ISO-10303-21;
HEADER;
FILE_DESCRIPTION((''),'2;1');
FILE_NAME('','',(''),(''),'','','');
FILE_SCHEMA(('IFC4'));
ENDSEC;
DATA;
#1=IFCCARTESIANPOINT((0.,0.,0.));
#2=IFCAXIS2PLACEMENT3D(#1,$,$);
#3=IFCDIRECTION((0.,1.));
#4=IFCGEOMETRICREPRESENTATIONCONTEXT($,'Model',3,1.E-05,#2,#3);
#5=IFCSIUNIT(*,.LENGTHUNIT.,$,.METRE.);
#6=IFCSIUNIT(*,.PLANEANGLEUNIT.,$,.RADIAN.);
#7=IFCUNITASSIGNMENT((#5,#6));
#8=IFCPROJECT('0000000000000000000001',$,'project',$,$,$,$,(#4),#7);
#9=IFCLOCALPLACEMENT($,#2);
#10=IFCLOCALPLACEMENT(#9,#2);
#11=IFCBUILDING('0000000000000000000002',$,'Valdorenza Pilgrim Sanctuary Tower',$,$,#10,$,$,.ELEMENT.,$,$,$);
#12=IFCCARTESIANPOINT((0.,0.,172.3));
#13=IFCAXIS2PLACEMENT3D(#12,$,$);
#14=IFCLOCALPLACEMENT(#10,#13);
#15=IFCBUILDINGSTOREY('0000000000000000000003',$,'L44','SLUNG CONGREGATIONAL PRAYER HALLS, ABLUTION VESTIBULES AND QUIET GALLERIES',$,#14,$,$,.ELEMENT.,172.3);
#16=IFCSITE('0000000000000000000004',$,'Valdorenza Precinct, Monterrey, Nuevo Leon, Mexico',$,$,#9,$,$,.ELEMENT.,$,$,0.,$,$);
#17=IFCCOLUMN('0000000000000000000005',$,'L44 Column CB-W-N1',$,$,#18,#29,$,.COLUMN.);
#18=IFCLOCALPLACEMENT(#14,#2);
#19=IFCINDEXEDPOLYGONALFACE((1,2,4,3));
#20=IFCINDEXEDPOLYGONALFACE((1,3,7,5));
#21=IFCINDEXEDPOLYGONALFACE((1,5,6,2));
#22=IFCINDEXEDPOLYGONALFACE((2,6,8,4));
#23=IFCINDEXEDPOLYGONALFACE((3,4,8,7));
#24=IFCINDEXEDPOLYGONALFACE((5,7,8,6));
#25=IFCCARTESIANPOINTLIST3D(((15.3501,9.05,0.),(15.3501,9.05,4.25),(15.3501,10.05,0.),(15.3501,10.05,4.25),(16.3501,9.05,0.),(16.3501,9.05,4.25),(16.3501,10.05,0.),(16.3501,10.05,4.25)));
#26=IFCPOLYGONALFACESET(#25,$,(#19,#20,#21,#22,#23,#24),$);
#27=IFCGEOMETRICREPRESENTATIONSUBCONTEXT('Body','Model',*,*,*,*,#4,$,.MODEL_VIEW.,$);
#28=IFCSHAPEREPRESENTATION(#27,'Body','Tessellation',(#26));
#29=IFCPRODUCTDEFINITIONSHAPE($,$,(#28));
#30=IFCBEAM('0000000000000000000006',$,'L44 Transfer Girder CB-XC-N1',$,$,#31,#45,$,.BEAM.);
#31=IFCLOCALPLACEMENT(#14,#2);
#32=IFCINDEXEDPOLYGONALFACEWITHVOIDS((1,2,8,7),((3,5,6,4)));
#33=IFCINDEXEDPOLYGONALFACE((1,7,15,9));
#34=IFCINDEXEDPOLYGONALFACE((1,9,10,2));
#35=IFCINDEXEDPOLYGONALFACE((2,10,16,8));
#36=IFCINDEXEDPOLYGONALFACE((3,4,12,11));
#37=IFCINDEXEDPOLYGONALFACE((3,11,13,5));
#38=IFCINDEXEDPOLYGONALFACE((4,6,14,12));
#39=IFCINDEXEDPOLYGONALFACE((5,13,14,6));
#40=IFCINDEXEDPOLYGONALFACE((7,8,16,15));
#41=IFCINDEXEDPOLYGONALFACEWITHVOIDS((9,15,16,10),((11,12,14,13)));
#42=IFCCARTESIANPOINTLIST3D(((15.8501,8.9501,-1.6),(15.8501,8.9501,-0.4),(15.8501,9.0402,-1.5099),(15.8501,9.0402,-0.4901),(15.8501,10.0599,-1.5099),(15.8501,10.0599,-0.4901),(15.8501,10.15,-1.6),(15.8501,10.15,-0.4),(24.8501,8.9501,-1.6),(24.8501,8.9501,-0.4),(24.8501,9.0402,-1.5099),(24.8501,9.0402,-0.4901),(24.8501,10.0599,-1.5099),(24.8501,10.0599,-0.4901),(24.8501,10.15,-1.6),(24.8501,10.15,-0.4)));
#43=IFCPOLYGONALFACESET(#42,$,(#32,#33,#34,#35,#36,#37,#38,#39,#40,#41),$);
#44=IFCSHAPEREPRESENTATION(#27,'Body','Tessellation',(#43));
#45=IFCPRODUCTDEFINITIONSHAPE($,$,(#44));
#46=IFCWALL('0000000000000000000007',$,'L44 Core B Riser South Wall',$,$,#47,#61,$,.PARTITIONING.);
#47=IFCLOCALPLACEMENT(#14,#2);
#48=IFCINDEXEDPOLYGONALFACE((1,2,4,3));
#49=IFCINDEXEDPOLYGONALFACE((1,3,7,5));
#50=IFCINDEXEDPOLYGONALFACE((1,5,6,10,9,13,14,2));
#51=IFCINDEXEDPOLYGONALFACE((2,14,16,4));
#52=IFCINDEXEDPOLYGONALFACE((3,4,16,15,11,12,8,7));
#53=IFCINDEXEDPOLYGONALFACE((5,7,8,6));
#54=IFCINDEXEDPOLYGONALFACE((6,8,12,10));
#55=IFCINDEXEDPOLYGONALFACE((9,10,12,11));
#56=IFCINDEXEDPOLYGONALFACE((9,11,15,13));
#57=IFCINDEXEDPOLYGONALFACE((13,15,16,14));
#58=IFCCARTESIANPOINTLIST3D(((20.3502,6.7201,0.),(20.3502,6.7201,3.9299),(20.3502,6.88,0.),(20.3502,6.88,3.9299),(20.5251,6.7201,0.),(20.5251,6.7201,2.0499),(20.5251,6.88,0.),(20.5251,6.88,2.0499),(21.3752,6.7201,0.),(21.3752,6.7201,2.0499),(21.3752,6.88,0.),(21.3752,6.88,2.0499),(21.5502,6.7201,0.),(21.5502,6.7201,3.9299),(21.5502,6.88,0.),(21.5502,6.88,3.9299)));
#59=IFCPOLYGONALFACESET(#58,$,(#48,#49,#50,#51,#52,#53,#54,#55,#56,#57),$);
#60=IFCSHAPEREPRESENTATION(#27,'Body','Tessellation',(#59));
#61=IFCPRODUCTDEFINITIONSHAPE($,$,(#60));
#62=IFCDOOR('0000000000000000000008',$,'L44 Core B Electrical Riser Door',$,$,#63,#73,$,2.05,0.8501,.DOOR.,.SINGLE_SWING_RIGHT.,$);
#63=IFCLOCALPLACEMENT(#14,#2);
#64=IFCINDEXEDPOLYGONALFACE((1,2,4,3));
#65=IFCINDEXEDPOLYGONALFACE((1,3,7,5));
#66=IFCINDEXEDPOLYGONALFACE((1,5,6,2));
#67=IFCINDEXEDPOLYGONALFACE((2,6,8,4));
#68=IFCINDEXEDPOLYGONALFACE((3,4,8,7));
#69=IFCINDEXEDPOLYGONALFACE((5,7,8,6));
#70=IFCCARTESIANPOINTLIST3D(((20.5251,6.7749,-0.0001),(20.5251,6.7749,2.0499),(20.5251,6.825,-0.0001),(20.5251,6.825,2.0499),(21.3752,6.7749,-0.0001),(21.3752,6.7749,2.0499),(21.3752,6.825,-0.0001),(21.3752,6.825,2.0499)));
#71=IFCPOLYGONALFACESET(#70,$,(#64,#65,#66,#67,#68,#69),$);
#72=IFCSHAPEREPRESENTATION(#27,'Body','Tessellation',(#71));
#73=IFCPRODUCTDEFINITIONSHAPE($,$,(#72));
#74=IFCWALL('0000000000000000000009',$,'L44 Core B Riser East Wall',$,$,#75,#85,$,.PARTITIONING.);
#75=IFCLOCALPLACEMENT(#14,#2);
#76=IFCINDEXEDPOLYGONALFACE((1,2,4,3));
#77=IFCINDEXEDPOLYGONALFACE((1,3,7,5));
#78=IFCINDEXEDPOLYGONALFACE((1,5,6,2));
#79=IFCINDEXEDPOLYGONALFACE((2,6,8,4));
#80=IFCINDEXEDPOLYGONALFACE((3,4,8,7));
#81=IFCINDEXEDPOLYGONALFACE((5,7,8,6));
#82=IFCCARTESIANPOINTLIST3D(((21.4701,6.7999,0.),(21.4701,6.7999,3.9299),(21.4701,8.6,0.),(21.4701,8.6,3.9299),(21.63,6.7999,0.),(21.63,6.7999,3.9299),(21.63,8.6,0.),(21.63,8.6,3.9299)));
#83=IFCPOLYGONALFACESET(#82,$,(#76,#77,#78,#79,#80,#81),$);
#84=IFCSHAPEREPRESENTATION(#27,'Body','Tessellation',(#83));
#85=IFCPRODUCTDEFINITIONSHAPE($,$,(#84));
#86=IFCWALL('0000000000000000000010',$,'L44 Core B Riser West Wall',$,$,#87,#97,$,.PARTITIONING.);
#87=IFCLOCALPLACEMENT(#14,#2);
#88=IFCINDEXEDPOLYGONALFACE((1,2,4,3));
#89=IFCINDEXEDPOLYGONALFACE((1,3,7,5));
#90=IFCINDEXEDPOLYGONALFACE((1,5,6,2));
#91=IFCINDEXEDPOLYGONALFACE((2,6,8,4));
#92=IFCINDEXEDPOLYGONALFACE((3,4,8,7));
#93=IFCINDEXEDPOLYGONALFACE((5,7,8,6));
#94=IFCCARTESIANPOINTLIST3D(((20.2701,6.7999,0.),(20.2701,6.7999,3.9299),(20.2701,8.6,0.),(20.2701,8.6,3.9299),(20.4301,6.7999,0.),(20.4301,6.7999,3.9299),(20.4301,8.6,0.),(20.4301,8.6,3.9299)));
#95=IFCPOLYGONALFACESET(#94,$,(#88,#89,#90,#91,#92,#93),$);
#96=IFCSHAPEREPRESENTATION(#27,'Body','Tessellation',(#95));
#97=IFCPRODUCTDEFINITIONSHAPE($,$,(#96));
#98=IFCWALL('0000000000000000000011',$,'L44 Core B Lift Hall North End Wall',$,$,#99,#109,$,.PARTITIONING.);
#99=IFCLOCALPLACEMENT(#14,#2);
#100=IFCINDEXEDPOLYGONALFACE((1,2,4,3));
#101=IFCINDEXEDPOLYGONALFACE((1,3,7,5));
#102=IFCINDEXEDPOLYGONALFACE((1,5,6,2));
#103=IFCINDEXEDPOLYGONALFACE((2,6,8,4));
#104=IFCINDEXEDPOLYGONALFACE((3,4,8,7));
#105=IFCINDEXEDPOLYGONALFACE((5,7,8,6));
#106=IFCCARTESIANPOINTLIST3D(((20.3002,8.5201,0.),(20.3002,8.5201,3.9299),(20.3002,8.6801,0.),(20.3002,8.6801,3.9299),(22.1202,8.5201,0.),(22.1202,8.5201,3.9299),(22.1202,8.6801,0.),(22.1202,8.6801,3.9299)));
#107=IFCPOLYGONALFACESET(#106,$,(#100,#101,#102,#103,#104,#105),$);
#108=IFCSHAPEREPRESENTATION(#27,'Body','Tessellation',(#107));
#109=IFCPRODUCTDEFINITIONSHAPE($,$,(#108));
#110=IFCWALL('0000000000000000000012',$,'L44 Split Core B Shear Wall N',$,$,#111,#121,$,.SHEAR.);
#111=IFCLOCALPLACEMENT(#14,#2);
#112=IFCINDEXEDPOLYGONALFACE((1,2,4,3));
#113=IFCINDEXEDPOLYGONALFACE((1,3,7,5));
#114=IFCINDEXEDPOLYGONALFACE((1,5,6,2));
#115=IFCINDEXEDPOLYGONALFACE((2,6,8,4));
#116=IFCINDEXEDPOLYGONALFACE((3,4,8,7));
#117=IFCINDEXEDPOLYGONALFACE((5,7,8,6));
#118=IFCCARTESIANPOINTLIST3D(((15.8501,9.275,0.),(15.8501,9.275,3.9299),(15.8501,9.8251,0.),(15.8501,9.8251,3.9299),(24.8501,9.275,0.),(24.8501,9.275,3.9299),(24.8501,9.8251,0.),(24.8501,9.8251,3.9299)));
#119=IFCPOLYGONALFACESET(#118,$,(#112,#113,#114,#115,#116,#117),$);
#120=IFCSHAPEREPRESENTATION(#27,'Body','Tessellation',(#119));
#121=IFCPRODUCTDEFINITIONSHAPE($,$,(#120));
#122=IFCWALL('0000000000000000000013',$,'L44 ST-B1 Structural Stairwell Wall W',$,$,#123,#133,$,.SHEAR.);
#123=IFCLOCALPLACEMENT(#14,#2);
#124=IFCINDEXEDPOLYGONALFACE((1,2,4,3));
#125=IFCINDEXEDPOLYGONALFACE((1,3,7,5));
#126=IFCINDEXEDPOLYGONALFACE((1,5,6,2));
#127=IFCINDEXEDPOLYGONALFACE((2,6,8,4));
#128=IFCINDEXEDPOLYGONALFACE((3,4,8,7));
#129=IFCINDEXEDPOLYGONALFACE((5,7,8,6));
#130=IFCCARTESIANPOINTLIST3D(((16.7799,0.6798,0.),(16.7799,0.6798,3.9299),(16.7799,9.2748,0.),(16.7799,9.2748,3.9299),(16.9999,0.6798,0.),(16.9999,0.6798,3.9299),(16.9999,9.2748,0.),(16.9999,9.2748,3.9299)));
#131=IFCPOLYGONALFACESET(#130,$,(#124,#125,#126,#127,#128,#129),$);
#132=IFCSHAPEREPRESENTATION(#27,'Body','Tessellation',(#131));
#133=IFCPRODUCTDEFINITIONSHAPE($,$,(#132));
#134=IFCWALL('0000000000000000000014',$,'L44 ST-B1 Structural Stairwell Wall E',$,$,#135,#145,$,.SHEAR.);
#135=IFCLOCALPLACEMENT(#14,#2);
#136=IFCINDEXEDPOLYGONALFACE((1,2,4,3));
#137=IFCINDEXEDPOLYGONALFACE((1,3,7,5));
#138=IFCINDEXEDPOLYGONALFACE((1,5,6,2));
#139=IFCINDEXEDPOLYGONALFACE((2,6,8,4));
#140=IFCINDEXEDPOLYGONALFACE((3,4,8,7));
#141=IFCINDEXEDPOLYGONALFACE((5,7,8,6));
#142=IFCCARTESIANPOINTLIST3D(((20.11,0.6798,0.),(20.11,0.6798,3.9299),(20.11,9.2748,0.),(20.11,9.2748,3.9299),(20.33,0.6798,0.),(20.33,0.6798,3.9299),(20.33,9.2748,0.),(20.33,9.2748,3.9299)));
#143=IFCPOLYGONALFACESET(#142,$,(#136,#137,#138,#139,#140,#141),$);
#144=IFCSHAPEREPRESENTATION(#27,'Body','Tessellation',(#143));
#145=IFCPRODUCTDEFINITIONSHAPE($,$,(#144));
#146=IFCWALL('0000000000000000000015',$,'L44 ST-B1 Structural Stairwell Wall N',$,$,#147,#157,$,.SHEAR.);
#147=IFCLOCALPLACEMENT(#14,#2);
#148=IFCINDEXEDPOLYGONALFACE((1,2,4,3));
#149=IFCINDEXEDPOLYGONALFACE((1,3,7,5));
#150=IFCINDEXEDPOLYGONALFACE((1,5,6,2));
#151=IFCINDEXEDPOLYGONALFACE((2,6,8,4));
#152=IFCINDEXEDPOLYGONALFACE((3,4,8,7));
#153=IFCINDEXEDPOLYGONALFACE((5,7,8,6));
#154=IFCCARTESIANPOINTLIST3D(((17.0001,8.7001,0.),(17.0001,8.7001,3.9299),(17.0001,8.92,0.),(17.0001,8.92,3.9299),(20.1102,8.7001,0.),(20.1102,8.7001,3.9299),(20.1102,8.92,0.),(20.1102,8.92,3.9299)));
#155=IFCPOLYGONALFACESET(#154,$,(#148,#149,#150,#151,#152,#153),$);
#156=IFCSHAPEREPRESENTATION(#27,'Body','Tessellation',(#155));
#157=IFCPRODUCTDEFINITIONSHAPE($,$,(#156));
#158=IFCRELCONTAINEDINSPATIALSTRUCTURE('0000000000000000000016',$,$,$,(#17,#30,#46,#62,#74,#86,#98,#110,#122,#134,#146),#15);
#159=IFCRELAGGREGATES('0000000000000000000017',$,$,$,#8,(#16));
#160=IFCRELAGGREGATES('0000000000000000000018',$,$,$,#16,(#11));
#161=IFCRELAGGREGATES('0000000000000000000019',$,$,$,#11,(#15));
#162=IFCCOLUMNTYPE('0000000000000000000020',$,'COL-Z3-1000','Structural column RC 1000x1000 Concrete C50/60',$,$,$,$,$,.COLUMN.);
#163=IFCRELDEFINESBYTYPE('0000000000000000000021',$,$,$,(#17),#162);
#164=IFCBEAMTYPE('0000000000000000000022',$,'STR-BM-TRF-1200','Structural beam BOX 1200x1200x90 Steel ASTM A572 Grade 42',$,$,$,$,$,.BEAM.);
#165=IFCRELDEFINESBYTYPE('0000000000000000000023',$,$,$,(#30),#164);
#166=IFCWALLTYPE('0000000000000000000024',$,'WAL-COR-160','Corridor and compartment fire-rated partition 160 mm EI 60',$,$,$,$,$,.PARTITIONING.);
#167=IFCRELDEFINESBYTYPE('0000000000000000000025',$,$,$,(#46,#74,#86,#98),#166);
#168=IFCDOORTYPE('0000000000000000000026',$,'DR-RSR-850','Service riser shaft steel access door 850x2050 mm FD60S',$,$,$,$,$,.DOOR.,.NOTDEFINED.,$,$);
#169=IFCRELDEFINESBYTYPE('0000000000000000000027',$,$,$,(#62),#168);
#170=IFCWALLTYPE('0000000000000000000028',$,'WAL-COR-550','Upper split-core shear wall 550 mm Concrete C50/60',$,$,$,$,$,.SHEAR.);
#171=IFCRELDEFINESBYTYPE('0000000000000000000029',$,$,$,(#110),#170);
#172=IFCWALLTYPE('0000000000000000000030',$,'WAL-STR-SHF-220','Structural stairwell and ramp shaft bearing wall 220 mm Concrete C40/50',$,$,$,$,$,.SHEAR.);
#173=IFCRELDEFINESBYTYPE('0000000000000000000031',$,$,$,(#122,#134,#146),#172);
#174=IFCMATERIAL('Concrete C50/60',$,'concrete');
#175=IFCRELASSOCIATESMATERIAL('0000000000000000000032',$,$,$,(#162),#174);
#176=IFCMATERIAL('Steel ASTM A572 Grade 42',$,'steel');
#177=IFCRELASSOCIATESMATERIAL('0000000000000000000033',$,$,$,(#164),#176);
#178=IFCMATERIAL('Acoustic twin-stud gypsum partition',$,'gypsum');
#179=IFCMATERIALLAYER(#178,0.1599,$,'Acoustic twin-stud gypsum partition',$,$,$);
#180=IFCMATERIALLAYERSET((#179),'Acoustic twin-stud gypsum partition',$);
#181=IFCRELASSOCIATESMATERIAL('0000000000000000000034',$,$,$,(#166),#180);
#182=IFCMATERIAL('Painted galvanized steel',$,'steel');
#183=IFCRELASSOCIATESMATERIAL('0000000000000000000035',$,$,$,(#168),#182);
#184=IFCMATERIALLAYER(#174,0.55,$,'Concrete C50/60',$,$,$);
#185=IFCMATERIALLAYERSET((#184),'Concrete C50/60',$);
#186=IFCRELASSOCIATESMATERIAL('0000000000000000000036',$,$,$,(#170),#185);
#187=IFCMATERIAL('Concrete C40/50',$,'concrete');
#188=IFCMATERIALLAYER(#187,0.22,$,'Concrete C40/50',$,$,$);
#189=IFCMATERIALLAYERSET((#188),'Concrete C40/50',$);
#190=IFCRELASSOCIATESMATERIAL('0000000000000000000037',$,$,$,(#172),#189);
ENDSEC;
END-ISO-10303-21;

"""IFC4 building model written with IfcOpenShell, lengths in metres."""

from ifc_helpers import new_model, si_unit, direction, frame, frame_2d, origin, origin_2d, place, context, subcontext, project, spatial, rectangle, hollow_rectangle, extrude, source, transform, mapped, material, layer, layer_set, material_profile, profile_set, type_object, element, fill, save


model = new_model("IFC4")

# Units and contexts
model_context = context("Model", 3, precision=1e-05, world=origin(), true_north=direction((0.0, 1.0)))
body_context = subcontext(model_context, "Body", "Model", "MODEL_VIEW")
ifc_project = project(units=[si_unit("LENGTHUNIT", "METRE"), si_unit("PLANEANGLEUNIT", "RADIAN")], contexts=[model_context])

# Site, building, storey
site_placement = place(None, origin())
site = spatial("IfcSite", under=ifc_project, at=site_placement, Name="Valdorenza Precinct, Monterrey, Nuevo Leon, Mexico", CompositionType="ELEMENT", RefElevation=0.0)
building_placement = place(site_placement, origin())
building = spatial("IfcBuilding", under=site, at=building_placement, Name="Valdorenza Pilgrim Sanctuary Tower", CompositionType="ELEMENT")
storey_placement = place(building_placement, frame((0.0, 0.0, 172.3)))
storey = spatial("IfcBuildingStorey", under=building, at=storey_placement, Name="L44", Description="SLUNG CONGREGATIONAL PRAYER HALLS, ABLUTION VESTIBULES AND QUIET GALLERIES", CompositionType="ELEMENT", Elevation=172.3)

# Column
ifc_material_1 = material(Name="Concrete C50/60", Category="concrete")
ifc_material_profile_1 = material_profile(ifc_material_1, rectangle(XDim=1.0, YDim=1.0, at=origin_2d()), Name="RC 1000x1000")
ifc_profile_set_1 = profile_set([ifc_material_profile_1], Name="Concrete C50/60")
column_type = type_object("IfcColumnType", Name="COL-Z3-1000", Description="Structural column RC 1000x1000 Concrete C50/60", PredefinedType="COLUMN", material=ifc_profile_set_1)
shared_shape_1 = source(origin(), body_context, "Body", "SweptSolid", [
    extrude(rectangle(XDim=1.0, YDim=1.0, at=origin_2d()), origin(), (0.0, 0.0, 1.0), 4.25),
])
column_placement = place(storey_placement, frame((15.8501, 9.55, 0.0), z_axis=(0.0, 0.0, 1.0), x_axis=(1.0, 0.0, 0.0)))
element("IfcColumn", 1, at=column_placement, inside=storey, type_object=column_type, Name="L44 Column CB-W-N1", PredefinedType="COLUMN", context=body_context, shape_type="MappedRepresentation", body=[
    mapped(shared_shape_1, transform((0.0, 0.0, 0.0), x_axis=(1.0, 0.0, 0.0), y_axis=(0.0, 1.0, 0.0), z_axis=(0.0, 0.0, 1.0), scale=1.0)),
])

# Beam
ifc_material_2 = material(Name="Steel ASTM A572 Grade 42", Category="steel")
ifc_material_profile_2 = material_profile(ifc_material_2, hollow_rectangle(XDim=1.2, YDim=1.2, WallThickness=0.0901, at=origin_2d()), Name="BOX 1200x1200x90")
ifc_profile_set_2 = profile_set([ifc_material_profile_2], Name="Steel ASTM A572 Grade 42")
beam_type = type_object("IfcBeamType", Name="STR-BM-TRF-1200", Description="Structural beam BOX 1200x1200x90 Steel ASTM A572 Grade 42", PredefinedType="BEAM", material=ifc_profile_set_2)
shared_shape_2 = source(origin(), body_context, "Body", "SweptSolid", [
    extrude(hollow_rectangle(XDim=1.2, YDim=1.2, WallThickness=0.0901, at=origin_2d()), origin(), (0.0, 0.0, 1.0), 9.0),
])
beam_placement = place(storey_placement, frame((15.8501, 9.55, -1.0), z_axis=(1.0, 0.0, 0.0), x_axis=(0.0, 1.0, 0.0)))
element("IfcBeam", 2, at=beam_placement, inside=storey, type_object=beam_type, Name="L44 Transfer Girder CB-XC-N1", PredefinedType="BEAM", context=body_context, shape_type="MappedRepresentation", body=[
    mapped(shared_shape_2, transform((0.0, 0.0, 0.0), x_axis=(1.0, 0.0, 0.0), y_axis=(0.0, 1.0, 0.0), z_axis=(0.0, 0.0, 1.0), scale=1.0)),
])

# Wall, opening, door
ifc_material_3 = material(Name="Acoustic twin-stud gypsum partition", Category="gypsum")
ifc_layer_1 = layer(ifc_material_3, 0.1599, Name="Acoustic twin-stud gypsum partition")
ifc_layer_set_1 = layer_set([ifc_layer_1], Name="Acoustic twin-stud gypsum partition")
wall_type_1 = type_object("IfcWallType", Name="WAL-COR-160", Description="Corridor and compartment fire-rated partition 160 mm EI 60", PredefinedType="PARTITIONING", material=ifc_layer_set_1)
wall_1_placement = place(storey_placement, frame((20.3501, 6.8, 0.0), z_axis=(0.0, 0.0, 1.0), x_axis=(1.0, 0.0, 0.0)))
wall_1 = element("IfcWall", 3, at=wall_1_placement, inside=storey, type_object=wall_type_1, Name="L44 Core B Riser South Wall", PredefinedType="PARTITIONING", context=body_context, shape_type="SweptSolid", body=[
    extrude(rectangle(XDim=1.2, YDim=0.1599, at=frame_2d((0.6001, 0.0))), origin(), (0.0, 0.0, 1.0), 3.9299),
])
opening_1_placement = place(wall_1_placement, frame((0.175, 0.0, 0.0)))
opening_1 = element("IfcOpeningElement", 4, at=opening_1_placement, cuts=wall_1, PredefinedType="OPENING", context=body_context, shape_type="SweptSolid", body=[
    extrude(rectangle(XDim=0.8501, YDim=2.05, at=frame_2d((0.425, 1.0249))), frame((0.0, 0.0947, 0.0), z_axis=(0.0, -1.0, 0.0), x_axis=(1.0, 0.0, 0.0)), (0.0, 0.0, 1.0), 0.1897),
])
ifc_material_4 = material(Name="Painted galvanized steel", Category="steel")
door_type_1 = type_object("IfcDoorType", Name="DR-RSR-850", Description="Service riser shaft steel access door 850x2050 mm FD60S", OperationType="NOTDEFINED", PredefinedType="DOOR", material=ifc_material_4)
door_1_placement = place(opening_1_placement, origin())
door_1 = element("IfcDoor", 5, at=door_1_placement, inside=storey, type_object=door_type_1, Name="L44 Core B Electrical Riser Door", OperationType="SINGLE_SWING_RIGHT", OverallHeight=2.05, OverallWidth=0.8501, PredefinedType="DOOR", context=body_context, shape_type="SweptSolid", body=[
    extrude(rectangle(XDim=0.8501, YDim=2.05, at=frame_2d((0.425, 1.0249))), frame((0.0, 0.0249, 0.0), z_axis=(0.0, -1.0, 0.0), x_axis=(1.0, 0.0, 0.0)), (0.0, 0.0, 1.0), 0.05),
])
fill(opening_1, door_1)

# Walls
for number, where, z_axis, x_axis, name in (
    (6, (21.55, 6.8, 0.0), (0.0, 0.0, 1.0), (0.0, 1.0, 0.0), "L44 Core B Riser East Wall"),
    (7, (20.3501, 6.8, 0.0), (0.0, 0.0, 1.0), (0.0, 1.0, 0.0), "L44 Core B Riser West Wall"),
):
    element("IfcWall", number, at=place(storey_placement, frame(where, z_axis=z_axis, x_axis=x_axis)), inside=storey, type_object=wall_type_1, Name=name, PredefinedType="PARTITIONING", context=body_context, shape_type="SweptSolid", body=[
        extrude(rectangle(XDim=1.8, YDim=0.1599, at=frame_2d((0.8999, 0.0))), origin(), (0.0, 0.0, 1.0), 3.9299),
    ])
wall_2_placement = place(storey_placement, frame((20.3, 8.6001, 0.0), z_axis=(0.0, 0.0, 1.0), x_axis=(1.0, 0.0, 0.0)))
element("IfcWall", 8, at=wall_2_placement, inside=storey, type_object=wall_type_1, Name="L44 Core B Lift Hall North End Wall", PredefinedType="PARTITIONING", context=body_context, shape_type="SweptSolid", body=[
    extrude(rectangle(XDim=1.8201, YDim=0.1599, at=frame_2d((0.9102, 0.0))), origin(), (0.0, 0.0, 1.0), 3.9299),
])
ifc_layer_2 = layer(ifc_material_1, 0.55, Name="Concrete C50/60")
ifc_layer_set_2 = layer_set([ifc_layer_2], Name="Concrete C50/60")
wall_type_2 = type_object("IfcWallType", Name="WAL-COR-550", Description="Upper split-core shear wall 550 mm Concrete C50/60", PredefinedType="SHEAR", material=ifc_layer_set_2)
wall_3_placement = place(storey_placement, frame((15.8501, 9.55, 0.0), z_axis=(0.0, 0.0, 1.0), x_axis=(1.0, 0.0, 0.0)))
element("IfcWall", 9, at=wall_3_placement, inside=storey, type_object=wall_type_2, Name="L44 Split Core B Shear Wall N", PredefinedType="SHEAR", context=body_context, shape_type="SweptSolid", body=[
    extrude(rectangle(XDim=9.0, YDim=0.55, at=frame_2d((4.5, 0.0))), origin(), (0.0, 0.0, 1.0), 3.9299),
])
ifc_material_5 = material(Name="Concrete C40/50", Category="concrete")
ifc_layer_3 = layer(ifc_material_5, 0.22, Name="Concrete C40/50")
ifc_layer_set_3 = layer_set([ifc_layer_3], Name="Concrete C40/50")
wall_type_3 = type_object("IfcWallType", Name="WAL-STR-SHF-220", Description="Structural stairwell and ramp shaft bearing wall 220 mm Concrete C40/50", PredefinedType="SHEAR", material=ifc_layer_set_3)
for number, where, z_axis, x_axis, name in (
    (10, (16.8899, 0.6799, 0.0), (0.0, 0.0, 1.0), (0.0, 1.0, 0.0), "L44 ST-B1 Structural Stairwell Wall W"),
    (11, (20.22, 0.6799, 0.0), (0.0, 0.0, 1.0), (0.0, 1.0, 0.0), "L44 ST-B1 Structural Stairwell Wall E"),
):
    element("IfcWall", number, at=place(storey_placement, frame(where, z_axis=z_axis, x_axis=x_axis)), inside=storey, type_object=wall_type_3, Name=name, PredefinedType="SHEAR", context=body_context, shape_type="SweptSolid", body=[
        extrude(rectangle(XDim=8.595, YDim=0.22, at=frame_2d((4.2974, 0.0))), origin(), (0.0, 0.0, 1.0), 3.9299),
    ])

# Wall
wall_4_placement = place(storey_placement, frame((17.0, 8.8101, 0.0), z_axis=(0.0, 0.0, 1.0), x_axis=(1.0, 0.0, 0.0)))
element("IfcWall", 12, at=wall_4_placement, inside=storey, type_object=wall_type_3, Name="L44 ST-B1 Structural Stairwell Wall N", PredefinedType="SHEAR", context=body_context, shape_type="SweptSolid", body=[
    extrude(rectangle(XDim=3.1101, YDim=0.22, at=frame_2d((1.5552, 0.0))), origin(), (0.0, 0.0, 1.0), 3.9299),
])

save(model, "model.ifc")
